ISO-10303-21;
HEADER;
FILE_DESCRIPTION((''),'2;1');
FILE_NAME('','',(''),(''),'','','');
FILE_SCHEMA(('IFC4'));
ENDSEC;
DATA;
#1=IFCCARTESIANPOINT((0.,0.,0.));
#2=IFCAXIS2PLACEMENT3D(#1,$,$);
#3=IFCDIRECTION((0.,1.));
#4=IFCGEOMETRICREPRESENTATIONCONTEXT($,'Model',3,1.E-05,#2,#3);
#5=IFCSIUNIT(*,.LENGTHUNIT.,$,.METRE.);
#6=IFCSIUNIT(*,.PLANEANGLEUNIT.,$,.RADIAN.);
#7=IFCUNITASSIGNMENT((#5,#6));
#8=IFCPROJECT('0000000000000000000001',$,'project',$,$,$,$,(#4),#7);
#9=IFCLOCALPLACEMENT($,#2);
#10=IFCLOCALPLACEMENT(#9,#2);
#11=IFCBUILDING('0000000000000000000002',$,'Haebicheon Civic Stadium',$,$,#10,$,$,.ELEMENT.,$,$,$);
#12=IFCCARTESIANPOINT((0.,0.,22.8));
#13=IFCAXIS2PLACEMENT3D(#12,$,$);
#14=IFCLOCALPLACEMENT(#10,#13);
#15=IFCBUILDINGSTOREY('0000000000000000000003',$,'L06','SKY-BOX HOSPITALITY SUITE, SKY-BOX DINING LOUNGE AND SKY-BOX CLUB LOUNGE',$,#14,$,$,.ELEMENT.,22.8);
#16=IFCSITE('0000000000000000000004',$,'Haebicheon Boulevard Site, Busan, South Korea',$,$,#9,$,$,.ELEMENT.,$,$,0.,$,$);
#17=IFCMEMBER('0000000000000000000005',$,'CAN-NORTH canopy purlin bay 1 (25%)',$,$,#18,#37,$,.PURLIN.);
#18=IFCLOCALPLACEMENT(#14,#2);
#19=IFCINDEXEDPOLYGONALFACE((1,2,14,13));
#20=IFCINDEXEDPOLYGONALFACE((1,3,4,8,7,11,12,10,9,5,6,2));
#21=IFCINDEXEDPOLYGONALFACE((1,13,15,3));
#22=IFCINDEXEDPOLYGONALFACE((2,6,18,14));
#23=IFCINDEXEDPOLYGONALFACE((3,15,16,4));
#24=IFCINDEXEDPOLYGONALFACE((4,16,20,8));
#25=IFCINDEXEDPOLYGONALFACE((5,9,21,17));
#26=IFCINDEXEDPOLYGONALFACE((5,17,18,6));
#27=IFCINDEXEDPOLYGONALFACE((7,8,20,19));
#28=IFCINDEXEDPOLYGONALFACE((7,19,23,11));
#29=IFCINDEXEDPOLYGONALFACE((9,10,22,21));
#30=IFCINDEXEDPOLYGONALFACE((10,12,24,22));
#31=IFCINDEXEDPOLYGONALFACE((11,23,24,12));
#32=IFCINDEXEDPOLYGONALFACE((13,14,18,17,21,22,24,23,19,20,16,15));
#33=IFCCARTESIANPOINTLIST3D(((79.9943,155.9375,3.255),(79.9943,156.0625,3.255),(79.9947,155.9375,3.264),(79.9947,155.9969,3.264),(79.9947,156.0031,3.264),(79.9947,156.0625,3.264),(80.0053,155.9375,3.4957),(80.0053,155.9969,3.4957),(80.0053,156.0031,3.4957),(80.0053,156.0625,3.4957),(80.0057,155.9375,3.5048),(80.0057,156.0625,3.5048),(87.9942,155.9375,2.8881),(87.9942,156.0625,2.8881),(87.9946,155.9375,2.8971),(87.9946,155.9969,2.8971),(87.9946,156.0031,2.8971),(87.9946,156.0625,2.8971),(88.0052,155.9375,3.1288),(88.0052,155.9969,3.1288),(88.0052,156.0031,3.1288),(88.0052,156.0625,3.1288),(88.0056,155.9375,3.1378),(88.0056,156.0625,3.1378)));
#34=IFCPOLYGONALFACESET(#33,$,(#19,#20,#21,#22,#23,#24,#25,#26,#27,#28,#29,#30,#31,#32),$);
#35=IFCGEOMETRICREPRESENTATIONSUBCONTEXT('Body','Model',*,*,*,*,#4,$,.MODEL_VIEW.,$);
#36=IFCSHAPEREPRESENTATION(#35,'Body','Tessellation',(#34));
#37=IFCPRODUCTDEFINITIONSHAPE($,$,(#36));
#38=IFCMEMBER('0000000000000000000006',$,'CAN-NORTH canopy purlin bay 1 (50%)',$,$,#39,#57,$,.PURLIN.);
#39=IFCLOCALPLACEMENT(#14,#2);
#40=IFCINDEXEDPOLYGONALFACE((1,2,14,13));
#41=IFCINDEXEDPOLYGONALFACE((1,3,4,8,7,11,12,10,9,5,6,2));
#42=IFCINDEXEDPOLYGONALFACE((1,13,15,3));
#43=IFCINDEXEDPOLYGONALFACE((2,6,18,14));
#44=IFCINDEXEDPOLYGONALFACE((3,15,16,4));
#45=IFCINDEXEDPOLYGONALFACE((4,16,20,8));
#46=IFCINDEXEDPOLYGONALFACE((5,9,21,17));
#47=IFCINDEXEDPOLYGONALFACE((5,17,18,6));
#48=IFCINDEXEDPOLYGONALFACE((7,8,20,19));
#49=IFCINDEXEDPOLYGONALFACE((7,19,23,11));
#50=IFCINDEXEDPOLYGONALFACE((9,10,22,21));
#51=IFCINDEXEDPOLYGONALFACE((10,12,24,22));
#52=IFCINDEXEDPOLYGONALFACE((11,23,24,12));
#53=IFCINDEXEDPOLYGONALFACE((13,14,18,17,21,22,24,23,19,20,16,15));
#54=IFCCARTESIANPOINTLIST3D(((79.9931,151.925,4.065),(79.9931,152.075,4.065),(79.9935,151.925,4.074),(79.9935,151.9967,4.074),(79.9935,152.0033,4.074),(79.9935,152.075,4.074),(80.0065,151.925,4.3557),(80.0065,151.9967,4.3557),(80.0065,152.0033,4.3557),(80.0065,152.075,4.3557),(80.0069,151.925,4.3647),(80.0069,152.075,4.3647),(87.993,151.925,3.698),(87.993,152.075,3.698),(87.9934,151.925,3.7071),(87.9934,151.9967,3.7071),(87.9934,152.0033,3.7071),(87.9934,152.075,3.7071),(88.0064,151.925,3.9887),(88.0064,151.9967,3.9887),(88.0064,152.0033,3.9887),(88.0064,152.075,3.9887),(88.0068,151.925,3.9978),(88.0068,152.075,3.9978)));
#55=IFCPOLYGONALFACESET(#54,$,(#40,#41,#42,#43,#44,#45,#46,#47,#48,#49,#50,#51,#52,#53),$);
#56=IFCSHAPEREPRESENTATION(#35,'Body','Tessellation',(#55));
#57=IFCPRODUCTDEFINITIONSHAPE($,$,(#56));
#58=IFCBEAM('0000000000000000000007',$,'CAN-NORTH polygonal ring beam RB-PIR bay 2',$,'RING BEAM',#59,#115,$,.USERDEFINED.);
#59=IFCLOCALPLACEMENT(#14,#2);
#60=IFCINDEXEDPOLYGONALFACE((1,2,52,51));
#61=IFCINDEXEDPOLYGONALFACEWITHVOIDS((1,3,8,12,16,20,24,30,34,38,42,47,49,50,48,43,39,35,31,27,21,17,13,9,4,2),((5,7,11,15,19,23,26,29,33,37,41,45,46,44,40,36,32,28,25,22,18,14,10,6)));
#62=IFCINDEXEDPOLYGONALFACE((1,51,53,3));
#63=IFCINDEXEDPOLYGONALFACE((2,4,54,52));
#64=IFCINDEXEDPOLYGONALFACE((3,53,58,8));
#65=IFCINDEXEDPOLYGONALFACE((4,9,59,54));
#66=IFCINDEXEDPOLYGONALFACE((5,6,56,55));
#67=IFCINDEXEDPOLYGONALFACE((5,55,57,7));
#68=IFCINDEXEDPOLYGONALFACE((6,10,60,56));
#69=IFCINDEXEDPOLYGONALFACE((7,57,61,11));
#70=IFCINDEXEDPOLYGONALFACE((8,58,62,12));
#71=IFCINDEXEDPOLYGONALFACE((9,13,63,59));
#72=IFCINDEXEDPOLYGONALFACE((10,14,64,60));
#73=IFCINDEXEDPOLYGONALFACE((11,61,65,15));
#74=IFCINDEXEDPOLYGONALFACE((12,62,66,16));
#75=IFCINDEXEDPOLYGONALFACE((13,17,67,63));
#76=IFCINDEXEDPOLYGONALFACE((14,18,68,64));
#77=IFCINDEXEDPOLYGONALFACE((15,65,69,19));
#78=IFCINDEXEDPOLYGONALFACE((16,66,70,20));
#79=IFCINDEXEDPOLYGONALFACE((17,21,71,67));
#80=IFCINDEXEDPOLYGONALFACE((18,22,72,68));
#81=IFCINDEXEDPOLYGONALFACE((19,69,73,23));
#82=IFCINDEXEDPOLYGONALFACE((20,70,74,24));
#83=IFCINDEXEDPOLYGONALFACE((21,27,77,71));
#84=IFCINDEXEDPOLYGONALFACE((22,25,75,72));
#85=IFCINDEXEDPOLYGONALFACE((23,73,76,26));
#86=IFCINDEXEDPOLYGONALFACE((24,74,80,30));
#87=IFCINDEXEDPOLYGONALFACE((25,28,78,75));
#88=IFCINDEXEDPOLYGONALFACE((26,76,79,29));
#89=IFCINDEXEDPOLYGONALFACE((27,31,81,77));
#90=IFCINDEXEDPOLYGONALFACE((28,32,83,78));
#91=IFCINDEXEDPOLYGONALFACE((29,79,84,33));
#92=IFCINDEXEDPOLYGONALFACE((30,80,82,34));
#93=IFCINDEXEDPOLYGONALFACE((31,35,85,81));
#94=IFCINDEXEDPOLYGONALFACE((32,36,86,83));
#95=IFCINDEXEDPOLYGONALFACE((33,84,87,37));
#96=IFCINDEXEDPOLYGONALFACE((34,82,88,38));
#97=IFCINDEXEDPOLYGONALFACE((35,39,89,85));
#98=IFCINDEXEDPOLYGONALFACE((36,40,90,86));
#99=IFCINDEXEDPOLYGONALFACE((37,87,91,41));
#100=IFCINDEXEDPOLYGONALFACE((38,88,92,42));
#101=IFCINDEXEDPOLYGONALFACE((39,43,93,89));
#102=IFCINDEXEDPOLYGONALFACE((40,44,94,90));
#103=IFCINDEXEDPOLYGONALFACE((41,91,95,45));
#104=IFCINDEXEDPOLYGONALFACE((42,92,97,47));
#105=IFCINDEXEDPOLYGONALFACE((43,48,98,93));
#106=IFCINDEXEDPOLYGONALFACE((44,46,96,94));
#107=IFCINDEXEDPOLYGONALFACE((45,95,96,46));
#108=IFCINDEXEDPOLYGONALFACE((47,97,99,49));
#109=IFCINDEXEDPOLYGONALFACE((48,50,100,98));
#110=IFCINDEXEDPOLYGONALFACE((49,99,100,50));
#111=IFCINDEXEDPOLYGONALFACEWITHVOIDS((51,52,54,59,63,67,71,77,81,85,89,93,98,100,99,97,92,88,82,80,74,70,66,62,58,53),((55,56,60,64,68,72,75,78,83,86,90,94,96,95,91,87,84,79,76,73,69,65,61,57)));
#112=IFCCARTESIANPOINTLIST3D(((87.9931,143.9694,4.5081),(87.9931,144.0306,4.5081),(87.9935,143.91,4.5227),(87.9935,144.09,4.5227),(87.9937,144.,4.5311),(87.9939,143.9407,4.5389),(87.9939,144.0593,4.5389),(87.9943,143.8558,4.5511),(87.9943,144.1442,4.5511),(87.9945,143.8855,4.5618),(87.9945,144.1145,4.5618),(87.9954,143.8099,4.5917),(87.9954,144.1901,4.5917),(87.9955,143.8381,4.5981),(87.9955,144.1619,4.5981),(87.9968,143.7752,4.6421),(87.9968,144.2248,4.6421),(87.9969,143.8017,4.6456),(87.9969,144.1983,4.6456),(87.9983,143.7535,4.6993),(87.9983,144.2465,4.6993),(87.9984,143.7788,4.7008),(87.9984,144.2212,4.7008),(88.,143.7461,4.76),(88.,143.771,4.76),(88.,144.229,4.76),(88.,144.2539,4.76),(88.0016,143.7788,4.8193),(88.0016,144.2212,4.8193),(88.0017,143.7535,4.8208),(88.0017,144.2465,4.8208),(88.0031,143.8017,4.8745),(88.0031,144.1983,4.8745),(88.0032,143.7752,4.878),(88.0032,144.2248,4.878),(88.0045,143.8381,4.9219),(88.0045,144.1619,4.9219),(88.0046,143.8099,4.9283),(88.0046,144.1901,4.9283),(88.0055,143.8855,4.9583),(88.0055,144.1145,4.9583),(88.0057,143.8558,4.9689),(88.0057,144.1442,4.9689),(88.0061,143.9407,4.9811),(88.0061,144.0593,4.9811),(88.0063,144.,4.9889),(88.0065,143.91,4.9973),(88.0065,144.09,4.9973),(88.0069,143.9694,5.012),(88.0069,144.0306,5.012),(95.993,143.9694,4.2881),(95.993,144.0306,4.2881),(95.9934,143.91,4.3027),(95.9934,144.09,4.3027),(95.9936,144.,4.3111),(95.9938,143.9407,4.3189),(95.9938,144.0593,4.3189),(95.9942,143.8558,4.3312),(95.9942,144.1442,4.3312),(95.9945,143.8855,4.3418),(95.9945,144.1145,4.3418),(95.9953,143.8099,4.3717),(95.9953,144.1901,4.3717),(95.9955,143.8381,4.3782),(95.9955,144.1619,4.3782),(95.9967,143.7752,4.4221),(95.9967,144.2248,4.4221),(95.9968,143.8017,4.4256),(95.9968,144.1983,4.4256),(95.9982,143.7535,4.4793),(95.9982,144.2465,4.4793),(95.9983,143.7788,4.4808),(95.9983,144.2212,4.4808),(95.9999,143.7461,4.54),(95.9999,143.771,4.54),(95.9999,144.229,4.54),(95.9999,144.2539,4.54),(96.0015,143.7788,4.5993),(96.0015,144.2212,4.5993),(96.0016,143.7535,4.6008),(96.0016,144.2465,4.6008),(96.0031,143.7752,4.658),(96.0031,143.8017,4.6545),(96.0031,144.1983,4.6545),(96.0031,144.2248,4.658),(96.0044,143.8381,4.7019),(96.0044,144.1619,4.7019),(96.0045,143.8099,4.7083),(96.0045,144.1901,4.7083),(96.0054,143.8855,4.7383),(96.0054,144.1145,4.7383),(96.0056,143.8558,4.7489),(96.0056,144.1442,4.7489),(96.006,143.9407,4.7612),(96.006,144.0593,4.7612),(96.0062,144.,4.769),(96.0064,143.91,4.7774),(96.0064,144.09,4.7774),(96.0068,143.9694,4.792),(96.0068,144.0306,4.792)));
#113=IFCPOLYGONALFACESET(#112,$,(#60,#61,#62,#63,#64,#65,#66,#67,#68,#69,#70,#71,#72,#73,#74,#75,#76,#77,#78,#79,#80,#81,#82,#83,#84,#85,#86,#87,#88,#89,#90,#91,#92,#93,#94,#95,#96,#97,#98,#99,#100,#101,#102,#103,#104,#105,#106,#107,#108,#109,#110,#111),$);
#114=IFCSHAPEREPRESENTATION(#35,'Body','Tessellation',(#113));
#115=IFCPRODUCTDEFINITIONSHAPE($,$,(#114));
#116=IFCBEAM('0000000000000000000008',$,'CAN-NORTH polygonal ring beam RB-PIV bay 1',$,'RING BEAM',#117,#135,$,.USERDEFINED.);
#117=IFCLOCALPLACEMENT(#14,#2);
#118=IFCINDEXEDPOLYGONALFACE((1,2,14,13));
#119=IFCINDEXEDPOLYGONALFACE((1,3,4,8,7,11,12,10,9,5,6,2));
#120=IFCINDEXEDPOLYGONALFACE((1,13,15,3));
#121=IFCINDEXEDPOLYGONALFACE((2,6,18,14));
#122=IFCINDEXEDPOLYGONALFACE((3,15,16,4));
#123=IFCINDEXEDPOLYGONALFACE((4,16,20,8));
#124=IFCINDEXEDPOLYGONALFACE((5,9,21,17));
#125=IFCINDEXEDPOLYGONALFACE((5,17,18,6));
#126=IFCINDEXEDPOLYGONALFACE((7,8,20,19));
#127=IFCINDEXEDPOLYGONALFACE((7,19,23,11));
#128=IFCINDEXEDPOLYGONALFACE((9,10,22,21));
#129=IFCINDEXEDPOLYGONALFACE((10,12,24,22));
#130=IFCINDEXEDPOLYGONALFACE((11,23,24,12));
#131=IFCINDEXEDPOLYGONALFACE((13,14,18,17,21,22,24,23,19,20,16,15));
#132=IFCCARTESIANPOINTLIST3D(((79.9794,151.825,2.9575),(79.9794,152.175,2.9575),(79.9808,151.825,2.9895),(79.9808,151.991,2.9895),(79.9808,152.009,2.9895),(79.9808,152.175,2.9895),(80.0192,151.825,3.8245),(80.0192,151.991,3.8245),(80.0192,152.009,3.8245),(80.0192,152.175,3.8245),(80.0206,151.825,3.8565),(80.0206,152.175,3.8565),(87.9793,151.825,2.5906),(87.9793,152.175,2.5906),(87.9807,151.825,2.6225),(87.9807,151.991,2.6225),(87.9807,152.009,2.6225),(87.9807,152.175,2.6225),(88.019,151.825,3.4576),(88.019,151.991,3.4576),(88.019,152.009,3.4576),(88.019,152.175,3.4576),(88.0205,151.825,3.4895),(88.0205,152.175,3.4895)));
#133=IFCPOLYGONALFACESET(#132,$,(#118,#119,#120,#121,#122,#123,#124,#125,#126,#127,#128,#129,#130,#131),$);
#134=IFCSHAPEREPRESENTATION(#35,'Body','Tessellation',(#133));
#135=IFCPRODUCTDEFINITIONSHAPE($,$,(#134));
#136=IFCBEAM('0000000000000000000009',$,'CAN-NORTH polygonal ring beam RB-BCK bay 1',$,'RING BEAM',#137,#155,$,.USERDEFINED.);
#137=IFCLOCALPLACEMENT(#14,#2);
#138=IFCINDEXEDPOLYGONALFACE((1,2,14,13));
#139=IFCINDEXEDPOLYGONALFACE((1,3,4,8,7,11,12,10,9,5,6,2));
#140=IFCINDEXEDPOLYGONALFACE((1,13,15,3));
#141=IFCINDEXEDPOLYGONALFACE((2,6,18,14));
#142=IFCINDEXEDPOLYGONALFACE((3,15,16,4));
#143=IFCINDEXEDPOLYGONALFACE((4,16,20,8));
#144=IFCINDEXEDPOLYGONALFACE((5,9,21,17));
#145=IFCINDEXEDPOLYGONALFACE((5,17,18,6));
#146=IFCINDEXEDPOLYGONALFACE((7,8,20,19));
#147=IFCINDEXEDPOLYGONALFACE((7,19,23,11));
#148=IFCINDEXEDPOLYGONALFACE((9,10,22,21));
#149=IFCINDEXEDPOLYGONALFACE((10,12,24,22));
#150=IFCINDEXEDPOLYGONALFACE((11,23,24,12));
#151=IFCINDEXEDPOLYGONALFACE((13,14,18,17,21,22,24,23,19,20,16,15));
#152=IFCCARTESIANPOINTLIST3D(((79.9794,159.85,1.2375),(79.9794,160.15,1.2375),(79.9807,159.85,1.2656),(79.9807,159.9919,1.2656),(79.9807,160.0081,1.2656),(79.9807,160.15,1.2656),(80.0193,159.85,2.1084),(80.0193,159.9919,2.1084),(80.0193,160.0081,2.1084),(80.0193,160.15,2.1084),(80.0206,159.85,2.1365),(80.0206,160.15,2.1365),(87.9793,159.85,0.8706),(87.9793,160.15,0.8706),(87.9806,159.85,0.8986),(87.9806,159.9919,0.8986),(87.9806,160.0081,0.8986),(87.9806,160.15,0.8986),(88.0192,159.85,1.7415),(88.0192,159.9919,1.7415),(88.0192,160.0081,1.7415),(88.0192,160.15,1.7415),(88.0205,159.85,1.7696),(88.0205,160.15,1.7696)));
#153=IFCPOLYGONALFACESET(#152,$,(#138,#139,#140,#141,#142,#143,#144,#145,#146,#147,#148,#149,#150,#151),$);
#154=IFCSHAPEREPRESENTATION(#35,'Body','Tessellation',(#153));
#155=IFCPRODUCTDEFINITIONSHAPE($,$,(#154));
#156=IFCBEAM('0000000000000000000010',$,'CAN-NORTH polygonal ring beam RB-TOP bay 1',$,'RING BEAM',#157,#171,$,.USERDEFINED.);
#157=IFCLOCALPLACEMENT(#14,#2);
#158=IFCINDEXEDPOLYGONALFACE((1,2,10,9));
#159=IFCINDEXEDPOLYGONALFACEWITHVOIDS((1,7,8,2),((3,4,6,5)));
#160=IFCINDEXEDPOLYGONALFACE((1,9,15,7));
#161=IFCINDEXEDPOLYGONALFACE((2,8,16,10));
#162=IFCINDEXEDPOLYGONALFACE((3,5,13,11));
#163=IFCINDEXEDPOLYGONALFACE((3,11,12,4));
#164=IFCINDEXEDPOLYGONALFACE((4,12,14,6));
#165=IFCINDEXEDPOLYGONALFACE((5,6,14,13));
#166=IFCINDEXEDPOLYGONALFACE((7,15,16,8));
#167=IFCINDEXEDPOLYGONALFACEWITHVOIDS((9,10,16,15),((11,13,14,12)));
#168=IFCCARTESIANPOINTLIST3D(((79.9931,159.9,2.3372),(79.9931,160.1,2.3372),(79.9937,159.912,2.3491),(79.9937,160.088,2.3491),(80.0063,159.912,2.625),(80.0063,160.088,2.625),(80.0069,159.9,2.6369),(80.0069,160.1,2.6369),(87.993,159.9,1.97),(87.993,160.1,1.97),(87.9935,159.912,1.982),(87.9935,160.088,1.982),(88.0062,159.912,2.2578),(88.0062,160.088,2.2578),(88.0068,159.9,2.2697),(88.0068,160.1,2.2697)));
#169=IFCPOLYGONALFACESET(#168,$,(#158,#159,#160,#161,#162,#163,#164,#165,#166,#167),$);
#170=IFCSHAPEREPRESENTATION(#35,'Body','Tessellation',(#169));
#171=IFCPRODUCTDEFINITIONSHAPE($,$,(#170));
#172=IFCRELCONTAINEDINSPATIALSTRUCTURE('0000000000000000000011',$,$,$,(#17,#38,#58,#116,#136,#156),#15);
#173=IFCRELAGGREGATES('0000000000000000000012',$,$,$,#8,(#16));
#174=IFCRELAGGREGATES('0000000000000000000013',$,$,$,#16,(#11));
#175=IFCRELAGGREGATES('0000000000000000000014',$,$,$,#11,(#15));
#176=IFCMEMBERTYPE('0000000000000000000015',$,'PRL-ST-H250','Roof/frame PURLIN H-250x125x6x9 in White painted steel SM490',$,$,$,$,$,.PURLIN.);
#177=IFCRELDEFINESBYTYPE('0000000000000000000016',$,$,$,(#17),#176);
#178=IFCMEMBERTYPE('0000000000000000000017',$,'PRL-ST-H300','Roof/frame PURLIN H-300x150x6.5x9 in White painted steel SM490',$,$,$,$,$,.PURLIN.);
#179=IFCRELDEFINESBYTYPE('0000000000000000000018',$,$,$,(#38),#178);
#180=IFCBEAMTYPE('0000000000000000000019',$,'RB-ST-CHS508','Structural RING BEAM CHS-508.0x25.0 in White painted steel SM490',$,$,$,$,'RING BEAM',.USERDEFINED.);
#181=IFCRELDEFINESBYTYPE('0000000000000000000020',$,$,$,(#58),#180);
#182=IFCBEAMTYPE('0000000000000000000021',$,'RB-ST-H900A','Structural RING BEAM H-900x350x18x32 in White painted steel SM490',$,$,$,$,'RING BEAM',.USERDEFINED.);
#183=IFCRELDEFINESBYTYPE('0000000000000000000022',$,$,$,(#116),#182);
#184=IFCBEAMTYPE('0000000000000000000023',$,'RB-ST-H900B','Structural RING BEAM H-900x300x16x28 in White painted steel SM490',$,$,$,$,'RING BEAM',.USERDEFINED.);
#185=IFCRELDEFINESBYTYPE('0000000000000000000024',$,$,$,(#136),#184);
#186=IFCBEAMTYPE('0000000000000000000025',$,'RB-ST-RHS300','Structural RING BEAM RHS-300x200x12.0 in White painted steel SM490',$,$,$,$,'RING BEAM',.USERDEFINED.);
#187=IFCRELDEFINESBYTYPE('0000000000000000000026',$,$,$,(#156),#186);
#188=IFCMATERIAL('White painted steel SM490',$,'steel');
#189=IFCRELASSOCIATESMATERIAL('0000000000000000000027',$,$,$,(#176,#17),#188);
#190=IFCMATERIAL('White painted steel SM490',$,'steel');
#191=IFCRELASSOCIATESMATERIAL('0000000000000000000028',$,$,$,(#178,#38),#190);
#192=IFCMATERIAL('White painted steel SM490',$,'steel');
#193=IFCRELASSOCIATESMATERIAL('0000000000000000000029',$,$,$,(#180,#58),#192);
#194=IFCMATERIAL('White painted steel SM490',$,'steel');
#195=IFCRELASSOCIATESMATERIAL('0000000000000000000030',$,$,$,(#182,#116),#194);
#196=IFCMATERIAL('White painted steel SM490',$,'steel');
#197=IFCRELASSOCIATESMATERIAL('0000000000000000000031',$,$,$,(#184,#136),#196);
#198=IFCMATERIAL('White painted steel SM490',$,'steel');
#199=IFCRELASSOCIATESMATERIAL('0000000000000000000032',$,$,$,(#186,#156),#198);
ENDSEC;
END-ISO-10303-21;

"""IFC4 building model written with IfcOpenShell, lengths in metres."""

from ifc_helpers import new_model, si_unit, direction, frame, origin, origin_2d, place, context, subcontext, project, spatial, hollow_rectangle, hollow_circle, i_section, extrude, material, material_profile, profile_set, type_object, element, save


model = new_model("IFC4")

# Units and contexts
model_context = context("Model", 3, precision=1e-05, world=origin(), true_north=direction((0.0, 1.0)))
body_context = subcontext(model_context, "Body", "Model", "MODEL_VIEW")
ifc_project = project(units=[si_unit("LENGTHUNIT", "METRE"), si_unit("PLANEANGLEUNIT", "RADIAN")], contexts=[model_context])

# Site, building, storey
site_placement = place(None, origin())
site = spatial("IfcSite", under=ifc_project, at=site_placement, Name="Haebicheon Boulevard Site, Busan, South Korea", CompositionType="ELEMENT", RefElevation=0.0)
building_placement = place(site_placement, origin())
building = spatial("IfcBuilding", under=site, at=building_placement, Name="Haebicheon Civic Stadium", CompositionType="ELEMENT")
storey_placement = place(building_placement, frame((0.0, 0.0, 22.8)))
storey = spatial("IfcBuildingStorey", under=building, at=storey_placement, Name="L06", Description="SKY-BOX HOSPITALITY SUITE, SKY-BOX DINING LOUNGE AND SKY-BOX CLUB LOUNGE", CompositionType="ELEMENT", Elevation=22.8)

# Members
ifc_material_1 = material(Name="White painted steel SM490", Category="steel")
ifc_material_profile_1 = material_profile(ifc_material_1, i_section(OverallWidth=0.125, OverallDepth=0.25, WebThickness=0.0061, FlangeThickness=0.009, at=origin_2d()), Name="H-250x125x6x9")
ifc_profile_set_1 = profile_set([ifc_material_profile_1], Name="White painted steel SM490")
member_type_1 = type_object("IfcMemberType", Name="PRL-ST-H250", Description="Roof/frame PURLIN H-250x125x6x9 in White painted steel SM490", PredefinedType="PURLIN", material=ifc_profile_set_1)
member_1_placement = place(storey_placement, frame((80.0, 156.0, 3.3799), z_axis=(0.99895, 0.0, -0.04582), x_axis=(0.0, 1.0, 0.0)))
element("IfcMember", 1, at=member_1_placement, inside=storey, type_object=member_type_1, material=ifc_profile_set_1, Name="CAN-NORTH canopy purlin bay 1 (25%)", PredefinedType="PURLIN", context=body_context, shape_type="SweptSolid", body=[
    extrude(i_section(OverallWidth=0.125, OverallDepth=0.25, WebThickness=0.0061, FlangeThickness=0.009, at=origin_2d()), origin(), (0.0, 0.0, 1.0), 8.0083),
])
ifc_material_2 = material(Name="White painted steel SM490", Category="steel")
ifc_material_profile_2 = material_profile(ifc_material_2, i_section(OverallWidth=0.1499, OverallDepth=0.3, WebThickness=0.0066, FlangeThickness=0.009, at=origin_2d()), Name="H-300x150x6.5x9")
ifc_profile_set_2 = profile_set([ifc_material_profile_2], Name="White painted steel SM490")
member_type_2 = type_object("IfcMemberType", Name="PRL-ST-H300", Description="Roof/frame PURLIN H-300x150x6.5x9 in White painted steel SM490", PredefinedType="PURLIN", material=ifc_profile_set_2)
member_2_placement = place(storey_placement, frame((80.0, 152.0, 4.2148), z_axis=(0.99895, 0.0, -0.04582), x_axis=(0.0, 1.0, 0.0)))
element("IfcMember", 2, at=member_2_placement, inside=storey, type_object=member_type_2, material=ifc_profile_set_2, Name="CAN-NORTH canopy purlin bay 1 (50%)", PredefinedType="PURLIN", context=body_context, shape_type="SweptSolid", body=[
    extrude(i_section(OverallWidth=0.1499, OverallDepth=0.3, WebThickness=0.0066, FlangeThickness=0.009, at=origin_2d()), origin(), (0.0, 0.0, 1.0), 8.0083),
])

# Beams
ifc_material_3 = material(Name="White painted steel SM490", Category="steel")
ifc_material_profile_3 = material_profile(ifc_material_3, hollow_circle(Radius=0.2539, WallThickness=0.0249, at=origin_2d()), Name="CHS-508.0x25.0")
ifc_profile_set_3 = profile_set([ifc_material_profile_3], Name="White painted steel SM490")
beam_type_1 = type_object("IfcBeamType", Name="RB-ST-CHS508", Description="Structural RING BEAM CHS-508.0x25.0 in White painted steel SM490", ElementType="RING BEAM", PredefinedType="USERDEFINED", material=ifc_profile_set_3)
beam_1_placement = place(storey_placement, frame((88.0, 144.0, 4.76), z_axis=(0.999622, 0.0, -0.027486), x_axis=(0.0, 1.0, 0.0)))
element("IfcBeam", 3, at=beam_1_placement, inside=storey, type_object=beam_type_1, material=ifc_profile_set_3, Name="CAN-NORTH polygonal ring beam RB-PIR bay 2", ObjectType="RING BEAM", PredefinedType="USERDEFINED", context=body_context, shape_type="SweptSolid", body=[
    extrude(hollow_circle(Radius=0.2539, WallThickness=0.0249, at=origin_2d()), origin(), (0.0, 0.0, 1.0), 8.0029),
])
ifc_material_4 = material(Name="White painted steel SM490", Category="steel")
ifc_material_profile_4 = material_profile(ifc_material_4, i_section(OverallWidth=0.3501, OverallDepth=0.8999, WebThickness=0.0181, FlangeThickness=0.032, at=origin_2d()), Name="H-900x350x18x32")
ifc_profile_set_4 = profile_set([ifc_material_profile_4], Name="White painted steel SM490")
beam_type_2 = type_object("IfcBeamType", Name="RB-ST-H900A", Description="Structural RING BEAM H-900x350x18x32 in White painted steel SM490", ElementType="RING BEAM", PredefinedType="USERDEFINED", material=ifc_profile_set_4)
beam_2_placement = place(storey_placement, frame((80.0, 152.0, 3.407), z_axis=(0.99895, 0.0, -0.04582), x_axis=(0.0, 1.0, 0.0)))
element("IfcBeam", 4, at=beam_2_placement, inside=storey, type_object=beam_type_2, material=ifc_profile_set_4, Name="CAN-NORTH polygonal ring beam RB-PIV bay 1", ObjectType="RING BEAM", PredefinedType="USERDEFINED", context=body_context, shape_type="SweptSolid", body=[
    extrude(i_section(OverallWidth=0.3501, OverallDepth=0.8999, WebThickness=0.0181, FlangeThickness=0.032, at=origin_2d()), origin(), (0.0, 0.0, 1.0), 8.0083),
])
ifc_material_5 = material(Name="White painted steel SM490", Category="steel")
ifc_material_profile_5 = material_profile(ifc_material_5, i_section(OverallWidth=0.3, OverallDepth=0.8999, WebThickness=0.0161, FlangeThickness=0.0281, at=origin_2d()), Name="H-900x300x16x28")
ifc_profile_set_5 = profile_set([ifc_material_profile_5], Name="White painted steel SM490")
beam_type_3 = type_object("IfcBeamType", Name="RB-ST-H900B", Description="Structural RING BEAM H-900x300x16x28 in White painted steel SM490", ElementType="RING BEAM", PredefinedType="USERDEFINED", material=ifc_profile_set_5)
beam_3_placement = place(storey_placement, frame((80.0, 160.0, 1.687), z_axis=(0.99895, 0.0, -0.04582), x_axis=(0.0, 1.0, 0.0)))
element("IfcBeam", 5, at=beam_3_placement, inside=storey, type_object=beam_type_3, material=ifc_profile_set_5, Name="CAN-NORTH polygonal ring beam RB-BCK bay 1", ObjectType="RING BEAM", PredefinedType="USERDEFINED", context=body_context, shape_type="SweptSolid", body=[
    extrude(i_section(OverallWidth=0.3, OverallDepth=0.8999, WebThickness=0.0161, FlangeThickness=0.0281, at=origin_2d()), origin(), (0.0, 0.0, 1.0), 8.0083),
])
ifc_material_6 = material(Name="White painted steel SM490", Category="steel")
ifc_material_profile_6 = material_profile(ifc_material_6, hollow_rectangle(XDim=0.2, YDim=0.3, WallThickness=0.012, at=origin_2d()), Name="RHS-300x200x12.0")
ifc_profile_set_6 = profile_set([ifc_material_profile_6], Name="White painted steel SM490")
beam_type_4 = type_object("IfcBeamType", Name="RB-ST-RHS300", Description="Structural RING BEAM RHS-300x200x12.0 in White painted steel SM490", ElementType="RING BEAM", PredefinedType="USERDEFINED", material=ifc_profile_set_6)
beam_4_placement = place(storey_placement, frame((80.0, 160.0, 2.4871), z_axis=(0.998948, 0.0, -0.04585), x_axis=(0.0, 1.0, 0.0)))
element("IfcBeam", 6, at=beam_4_placement, inside=storey, type_object=beam_type_4, material=ifc_profile_set_6, Name="CAN-NORTH polygonal ring beam RB-TOP bay 1", ObjectType="RING BEAM", PredefinedType="USERDEFINED", context=body_context, shape_type="SweptSolid", body=[
    extrude(hollow_rectangle(XDim=0.2, YDim=0.3, WallThickness=0.012, at=origin_2d()), origin(), (0.0, 0.0, 1.0), 8.0083),
])

save(model, "model.ifc")
